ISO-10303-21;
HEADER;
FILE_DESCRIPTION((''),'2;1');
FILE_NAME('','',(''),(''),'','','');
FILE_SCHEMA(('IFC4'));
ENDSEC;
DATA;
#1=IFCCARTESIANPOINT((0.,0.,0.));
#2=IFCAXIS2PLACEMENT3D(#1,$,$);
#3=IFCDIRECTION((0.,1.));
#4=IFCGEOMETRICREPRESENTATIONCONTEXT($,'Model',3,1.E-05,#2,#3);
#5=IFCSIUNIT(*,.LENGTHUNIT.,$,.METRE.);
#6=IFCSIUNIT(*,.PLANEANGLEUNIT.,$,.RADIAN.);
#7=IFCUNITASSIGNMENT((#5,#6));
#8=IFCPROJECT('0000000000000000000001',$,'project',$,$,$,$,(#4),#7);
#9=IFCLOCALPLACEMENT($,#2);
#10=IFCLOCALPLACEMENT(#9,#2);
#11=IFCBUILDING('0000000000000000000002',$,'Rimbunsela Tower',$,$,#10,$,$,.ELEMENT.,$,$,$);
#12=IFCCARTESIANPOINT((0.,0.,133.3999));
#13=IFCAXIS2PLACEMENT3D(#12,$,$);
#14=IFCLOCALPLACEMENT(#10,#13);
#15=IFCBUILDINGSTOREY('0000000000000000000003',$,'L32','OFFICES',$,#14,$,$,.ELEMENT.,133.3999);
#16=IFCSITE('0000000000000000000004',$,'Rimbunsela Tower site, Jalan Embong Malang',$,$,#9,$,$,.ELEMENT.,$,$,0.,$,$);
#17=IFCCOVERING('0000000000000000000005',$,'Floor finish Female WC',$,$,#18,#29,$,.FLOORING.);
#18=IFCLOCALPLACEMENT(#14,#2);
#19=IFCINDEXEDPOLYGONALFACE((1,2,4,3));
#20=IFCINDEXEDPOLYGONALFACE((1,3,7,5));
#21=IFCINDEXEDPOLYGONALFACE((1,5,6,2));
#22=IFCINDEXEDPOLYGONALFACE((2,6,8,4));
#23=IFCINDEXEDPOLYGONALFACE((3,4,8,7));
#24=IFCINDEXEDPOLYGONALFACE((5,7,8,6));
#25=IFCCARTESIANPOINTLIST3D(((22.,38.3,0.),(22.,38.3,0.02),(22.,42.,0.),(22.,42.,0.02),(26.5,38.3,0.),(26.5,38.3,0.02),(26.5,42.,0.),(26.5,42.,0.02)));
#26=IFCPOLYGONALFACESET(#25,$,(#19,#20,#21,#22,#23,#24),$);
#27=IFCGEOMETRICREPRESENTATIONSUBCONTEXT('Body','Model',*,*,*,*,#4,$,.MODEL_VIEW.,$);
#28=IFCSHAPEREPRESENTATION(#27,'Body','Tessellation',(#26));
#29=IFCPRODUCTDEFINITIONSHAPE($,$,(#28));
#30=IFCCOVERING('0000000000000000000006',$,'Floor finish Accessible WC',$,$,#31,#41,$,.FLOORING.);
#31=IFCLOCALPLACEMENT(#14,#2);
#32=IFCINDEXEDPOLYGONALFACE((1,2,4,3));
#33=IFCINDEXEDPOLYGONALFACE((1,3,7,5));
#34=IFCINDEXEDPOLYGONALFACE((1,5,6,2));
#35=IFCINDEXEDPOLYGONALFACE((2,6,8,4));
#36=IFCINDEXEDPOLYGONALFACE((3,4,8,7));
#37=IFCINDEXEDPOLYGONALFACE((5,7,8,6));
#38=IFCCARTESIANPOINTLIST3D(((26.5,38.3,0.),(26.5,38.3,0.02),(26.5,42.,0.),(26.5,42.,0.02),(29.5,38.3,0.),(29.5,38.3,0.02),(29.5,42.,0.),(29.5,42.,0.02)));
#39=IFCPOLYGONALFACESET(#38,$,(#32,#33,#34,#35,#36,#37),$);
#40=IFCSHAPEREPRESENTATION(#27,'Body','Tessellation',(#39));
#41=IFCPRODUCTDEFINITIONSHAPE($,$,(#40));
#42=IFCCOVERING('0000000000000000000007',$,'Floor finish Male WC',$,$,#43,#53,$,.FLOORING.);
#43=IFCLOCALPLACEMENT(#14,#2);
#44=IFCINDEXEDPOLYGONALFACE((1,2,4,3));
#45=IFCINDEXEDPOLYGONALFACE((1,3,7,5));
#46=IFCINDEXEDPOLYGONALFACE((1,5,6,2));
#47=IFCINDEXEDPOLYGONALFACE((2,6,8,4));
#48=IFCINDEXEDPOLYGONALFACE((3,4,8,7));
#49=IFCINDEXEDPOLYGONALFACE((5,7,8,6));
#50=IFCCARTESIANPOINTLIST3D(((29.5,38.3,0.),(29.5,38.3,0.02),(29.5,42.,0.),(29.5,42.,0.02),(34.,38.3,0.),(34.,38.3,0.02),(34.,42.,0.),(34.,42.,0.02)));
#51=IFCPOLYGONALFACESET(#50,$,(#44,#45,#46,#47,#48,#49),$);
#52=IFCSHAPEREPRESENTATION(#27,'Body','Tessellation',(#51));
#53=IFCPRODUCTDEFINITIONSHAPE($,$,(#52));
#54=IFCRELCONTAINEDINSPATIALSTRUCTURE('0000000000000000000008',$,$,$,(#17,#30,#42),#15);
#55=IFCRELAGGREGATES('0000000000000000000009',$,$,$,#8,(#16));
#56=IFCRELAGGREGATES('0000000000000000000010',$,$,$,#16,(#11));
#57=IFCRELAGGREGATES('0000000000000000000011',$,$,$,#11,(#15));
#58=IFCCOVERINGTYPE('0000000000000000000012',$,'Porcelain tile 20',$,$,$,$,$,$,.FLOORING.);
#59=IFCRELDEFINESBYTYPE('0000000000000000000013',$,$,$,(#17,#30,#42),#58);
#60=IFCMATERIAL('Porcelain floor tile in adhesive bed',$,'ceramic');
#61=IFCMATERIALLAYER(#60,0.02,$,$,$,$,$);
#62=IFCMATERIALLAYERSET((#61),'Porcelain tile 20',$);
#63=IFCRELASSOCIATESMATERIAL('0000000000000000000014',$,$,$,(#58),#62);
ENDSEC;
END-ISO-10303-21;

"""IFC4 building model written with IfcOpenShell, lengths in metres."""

from ifc_helpers import new_model, si_unit, direction, frame, origin, place, context, subcontext, project, spatial, polyline, outline, extrude, material, layer, layer_set, type_object, element, save


model = new_model("IFC4")

# Units and contexts
model_context = context("Model", 3, precision=1e-05, world=origin(), true_north=direction((0.0, 1.0)))
body_context = subcontext(model_context, "Body", "Model", "MODEL_VIEW")
ifc_project = project(units=[si_unit("LENGTHUNIT", "METRE"), si_unit("PLANEANGLEUNIT", "RADIAN")], contexts=[model_context])

# Site, building, storey
site_placement = place(None, origin())
site = spatial("IfcSite", under=ifc_project, at=site_placement, Name="Rimbunsela Tower site, Jalan Embong Malang", CompositionType="ELEMENT", RefElevation=0.0)
building_placement = place(site_placement, origin())
building = spatial("IfcBuilding", under=site, at=building_placement, Name="Rimbunsela Tower", CompositionType="ELEMENT")
storey_placement = place(building_placement, frame((0.0, 0.0, 133.3999)))
storey = spatial("IfcBuildingStorey", under=building, at=storey_placement, Name="L32", Description="OFFICES", CompositionType="ELEMENT", Elevation=133.3999)

# Coverings
ifc_material_1 = material(Name="Porcelain floor tile in adhesive bed", Category="ceramic")
ifc_layer_1 = layer(ifc_material_1, 0.02)
ifc_layer_set_1 = layer_set([ifc_layer_1], Name="Porcelain tile 20")
covering_type_1 = type_object("IfcCoveringType", Name="Porcelain tile 20", PredefinedType="FLOORING", material=ifc_layer_set_1)
covering_1_placement = place(storey_placement, origin())
element("IfcCovering", 1, at=covering_1_placement, inside=storey, type_object=covering_type_1, Name="Floor finish Female WC", PredefinedType="FLOORING", context=body_context, shape_type="SweptSolid", body=[
    extrude(outline(polyline([(26.5, 38.3), (26.5, 42.0), (22.0, 42.0), (22.0, 38.3), (26.5, 38.3)])), origin(), (0.0, 0.0, 1.0), 0.02),
])
covering_2_placement = place(storey_placement, origin())
element("IfcCovering", 2, at=covering_2_placement, inside=storey, type_object=covering_type_1, Name="Floor finish Accessible WC", PredefinedType="FLOORING", context=body_context, shape_type="SweptSolid", body=[
    extrude(outline(polyline([(29.5, 38.3), (29.5, 42.0), (26.5, 42.0), (26.5, 38.3), (29.5, 38.3)])), origin(), (0.0, 0.0, 1.0), 0.02),
])
covering_3_placement = place(storey_placement, origin())
element("IfcCovering", 3, at=covering_3_placement, inside=storey, type_object=covering_type_1, Name="Floor finish Male WC", PredefinedType="FLOORING", context=body_context, shape_type="SweptSolid", body=[
    extrude(outline(polyline([(34.0, 38.3), (34.0, 42.0), (29.5, 42.0), (29.5, 38.3), (34.0, 38.3)])), origin(), (0.0, 0.0, 1.0), 0.02),
])

save(model, "model.ifc")
